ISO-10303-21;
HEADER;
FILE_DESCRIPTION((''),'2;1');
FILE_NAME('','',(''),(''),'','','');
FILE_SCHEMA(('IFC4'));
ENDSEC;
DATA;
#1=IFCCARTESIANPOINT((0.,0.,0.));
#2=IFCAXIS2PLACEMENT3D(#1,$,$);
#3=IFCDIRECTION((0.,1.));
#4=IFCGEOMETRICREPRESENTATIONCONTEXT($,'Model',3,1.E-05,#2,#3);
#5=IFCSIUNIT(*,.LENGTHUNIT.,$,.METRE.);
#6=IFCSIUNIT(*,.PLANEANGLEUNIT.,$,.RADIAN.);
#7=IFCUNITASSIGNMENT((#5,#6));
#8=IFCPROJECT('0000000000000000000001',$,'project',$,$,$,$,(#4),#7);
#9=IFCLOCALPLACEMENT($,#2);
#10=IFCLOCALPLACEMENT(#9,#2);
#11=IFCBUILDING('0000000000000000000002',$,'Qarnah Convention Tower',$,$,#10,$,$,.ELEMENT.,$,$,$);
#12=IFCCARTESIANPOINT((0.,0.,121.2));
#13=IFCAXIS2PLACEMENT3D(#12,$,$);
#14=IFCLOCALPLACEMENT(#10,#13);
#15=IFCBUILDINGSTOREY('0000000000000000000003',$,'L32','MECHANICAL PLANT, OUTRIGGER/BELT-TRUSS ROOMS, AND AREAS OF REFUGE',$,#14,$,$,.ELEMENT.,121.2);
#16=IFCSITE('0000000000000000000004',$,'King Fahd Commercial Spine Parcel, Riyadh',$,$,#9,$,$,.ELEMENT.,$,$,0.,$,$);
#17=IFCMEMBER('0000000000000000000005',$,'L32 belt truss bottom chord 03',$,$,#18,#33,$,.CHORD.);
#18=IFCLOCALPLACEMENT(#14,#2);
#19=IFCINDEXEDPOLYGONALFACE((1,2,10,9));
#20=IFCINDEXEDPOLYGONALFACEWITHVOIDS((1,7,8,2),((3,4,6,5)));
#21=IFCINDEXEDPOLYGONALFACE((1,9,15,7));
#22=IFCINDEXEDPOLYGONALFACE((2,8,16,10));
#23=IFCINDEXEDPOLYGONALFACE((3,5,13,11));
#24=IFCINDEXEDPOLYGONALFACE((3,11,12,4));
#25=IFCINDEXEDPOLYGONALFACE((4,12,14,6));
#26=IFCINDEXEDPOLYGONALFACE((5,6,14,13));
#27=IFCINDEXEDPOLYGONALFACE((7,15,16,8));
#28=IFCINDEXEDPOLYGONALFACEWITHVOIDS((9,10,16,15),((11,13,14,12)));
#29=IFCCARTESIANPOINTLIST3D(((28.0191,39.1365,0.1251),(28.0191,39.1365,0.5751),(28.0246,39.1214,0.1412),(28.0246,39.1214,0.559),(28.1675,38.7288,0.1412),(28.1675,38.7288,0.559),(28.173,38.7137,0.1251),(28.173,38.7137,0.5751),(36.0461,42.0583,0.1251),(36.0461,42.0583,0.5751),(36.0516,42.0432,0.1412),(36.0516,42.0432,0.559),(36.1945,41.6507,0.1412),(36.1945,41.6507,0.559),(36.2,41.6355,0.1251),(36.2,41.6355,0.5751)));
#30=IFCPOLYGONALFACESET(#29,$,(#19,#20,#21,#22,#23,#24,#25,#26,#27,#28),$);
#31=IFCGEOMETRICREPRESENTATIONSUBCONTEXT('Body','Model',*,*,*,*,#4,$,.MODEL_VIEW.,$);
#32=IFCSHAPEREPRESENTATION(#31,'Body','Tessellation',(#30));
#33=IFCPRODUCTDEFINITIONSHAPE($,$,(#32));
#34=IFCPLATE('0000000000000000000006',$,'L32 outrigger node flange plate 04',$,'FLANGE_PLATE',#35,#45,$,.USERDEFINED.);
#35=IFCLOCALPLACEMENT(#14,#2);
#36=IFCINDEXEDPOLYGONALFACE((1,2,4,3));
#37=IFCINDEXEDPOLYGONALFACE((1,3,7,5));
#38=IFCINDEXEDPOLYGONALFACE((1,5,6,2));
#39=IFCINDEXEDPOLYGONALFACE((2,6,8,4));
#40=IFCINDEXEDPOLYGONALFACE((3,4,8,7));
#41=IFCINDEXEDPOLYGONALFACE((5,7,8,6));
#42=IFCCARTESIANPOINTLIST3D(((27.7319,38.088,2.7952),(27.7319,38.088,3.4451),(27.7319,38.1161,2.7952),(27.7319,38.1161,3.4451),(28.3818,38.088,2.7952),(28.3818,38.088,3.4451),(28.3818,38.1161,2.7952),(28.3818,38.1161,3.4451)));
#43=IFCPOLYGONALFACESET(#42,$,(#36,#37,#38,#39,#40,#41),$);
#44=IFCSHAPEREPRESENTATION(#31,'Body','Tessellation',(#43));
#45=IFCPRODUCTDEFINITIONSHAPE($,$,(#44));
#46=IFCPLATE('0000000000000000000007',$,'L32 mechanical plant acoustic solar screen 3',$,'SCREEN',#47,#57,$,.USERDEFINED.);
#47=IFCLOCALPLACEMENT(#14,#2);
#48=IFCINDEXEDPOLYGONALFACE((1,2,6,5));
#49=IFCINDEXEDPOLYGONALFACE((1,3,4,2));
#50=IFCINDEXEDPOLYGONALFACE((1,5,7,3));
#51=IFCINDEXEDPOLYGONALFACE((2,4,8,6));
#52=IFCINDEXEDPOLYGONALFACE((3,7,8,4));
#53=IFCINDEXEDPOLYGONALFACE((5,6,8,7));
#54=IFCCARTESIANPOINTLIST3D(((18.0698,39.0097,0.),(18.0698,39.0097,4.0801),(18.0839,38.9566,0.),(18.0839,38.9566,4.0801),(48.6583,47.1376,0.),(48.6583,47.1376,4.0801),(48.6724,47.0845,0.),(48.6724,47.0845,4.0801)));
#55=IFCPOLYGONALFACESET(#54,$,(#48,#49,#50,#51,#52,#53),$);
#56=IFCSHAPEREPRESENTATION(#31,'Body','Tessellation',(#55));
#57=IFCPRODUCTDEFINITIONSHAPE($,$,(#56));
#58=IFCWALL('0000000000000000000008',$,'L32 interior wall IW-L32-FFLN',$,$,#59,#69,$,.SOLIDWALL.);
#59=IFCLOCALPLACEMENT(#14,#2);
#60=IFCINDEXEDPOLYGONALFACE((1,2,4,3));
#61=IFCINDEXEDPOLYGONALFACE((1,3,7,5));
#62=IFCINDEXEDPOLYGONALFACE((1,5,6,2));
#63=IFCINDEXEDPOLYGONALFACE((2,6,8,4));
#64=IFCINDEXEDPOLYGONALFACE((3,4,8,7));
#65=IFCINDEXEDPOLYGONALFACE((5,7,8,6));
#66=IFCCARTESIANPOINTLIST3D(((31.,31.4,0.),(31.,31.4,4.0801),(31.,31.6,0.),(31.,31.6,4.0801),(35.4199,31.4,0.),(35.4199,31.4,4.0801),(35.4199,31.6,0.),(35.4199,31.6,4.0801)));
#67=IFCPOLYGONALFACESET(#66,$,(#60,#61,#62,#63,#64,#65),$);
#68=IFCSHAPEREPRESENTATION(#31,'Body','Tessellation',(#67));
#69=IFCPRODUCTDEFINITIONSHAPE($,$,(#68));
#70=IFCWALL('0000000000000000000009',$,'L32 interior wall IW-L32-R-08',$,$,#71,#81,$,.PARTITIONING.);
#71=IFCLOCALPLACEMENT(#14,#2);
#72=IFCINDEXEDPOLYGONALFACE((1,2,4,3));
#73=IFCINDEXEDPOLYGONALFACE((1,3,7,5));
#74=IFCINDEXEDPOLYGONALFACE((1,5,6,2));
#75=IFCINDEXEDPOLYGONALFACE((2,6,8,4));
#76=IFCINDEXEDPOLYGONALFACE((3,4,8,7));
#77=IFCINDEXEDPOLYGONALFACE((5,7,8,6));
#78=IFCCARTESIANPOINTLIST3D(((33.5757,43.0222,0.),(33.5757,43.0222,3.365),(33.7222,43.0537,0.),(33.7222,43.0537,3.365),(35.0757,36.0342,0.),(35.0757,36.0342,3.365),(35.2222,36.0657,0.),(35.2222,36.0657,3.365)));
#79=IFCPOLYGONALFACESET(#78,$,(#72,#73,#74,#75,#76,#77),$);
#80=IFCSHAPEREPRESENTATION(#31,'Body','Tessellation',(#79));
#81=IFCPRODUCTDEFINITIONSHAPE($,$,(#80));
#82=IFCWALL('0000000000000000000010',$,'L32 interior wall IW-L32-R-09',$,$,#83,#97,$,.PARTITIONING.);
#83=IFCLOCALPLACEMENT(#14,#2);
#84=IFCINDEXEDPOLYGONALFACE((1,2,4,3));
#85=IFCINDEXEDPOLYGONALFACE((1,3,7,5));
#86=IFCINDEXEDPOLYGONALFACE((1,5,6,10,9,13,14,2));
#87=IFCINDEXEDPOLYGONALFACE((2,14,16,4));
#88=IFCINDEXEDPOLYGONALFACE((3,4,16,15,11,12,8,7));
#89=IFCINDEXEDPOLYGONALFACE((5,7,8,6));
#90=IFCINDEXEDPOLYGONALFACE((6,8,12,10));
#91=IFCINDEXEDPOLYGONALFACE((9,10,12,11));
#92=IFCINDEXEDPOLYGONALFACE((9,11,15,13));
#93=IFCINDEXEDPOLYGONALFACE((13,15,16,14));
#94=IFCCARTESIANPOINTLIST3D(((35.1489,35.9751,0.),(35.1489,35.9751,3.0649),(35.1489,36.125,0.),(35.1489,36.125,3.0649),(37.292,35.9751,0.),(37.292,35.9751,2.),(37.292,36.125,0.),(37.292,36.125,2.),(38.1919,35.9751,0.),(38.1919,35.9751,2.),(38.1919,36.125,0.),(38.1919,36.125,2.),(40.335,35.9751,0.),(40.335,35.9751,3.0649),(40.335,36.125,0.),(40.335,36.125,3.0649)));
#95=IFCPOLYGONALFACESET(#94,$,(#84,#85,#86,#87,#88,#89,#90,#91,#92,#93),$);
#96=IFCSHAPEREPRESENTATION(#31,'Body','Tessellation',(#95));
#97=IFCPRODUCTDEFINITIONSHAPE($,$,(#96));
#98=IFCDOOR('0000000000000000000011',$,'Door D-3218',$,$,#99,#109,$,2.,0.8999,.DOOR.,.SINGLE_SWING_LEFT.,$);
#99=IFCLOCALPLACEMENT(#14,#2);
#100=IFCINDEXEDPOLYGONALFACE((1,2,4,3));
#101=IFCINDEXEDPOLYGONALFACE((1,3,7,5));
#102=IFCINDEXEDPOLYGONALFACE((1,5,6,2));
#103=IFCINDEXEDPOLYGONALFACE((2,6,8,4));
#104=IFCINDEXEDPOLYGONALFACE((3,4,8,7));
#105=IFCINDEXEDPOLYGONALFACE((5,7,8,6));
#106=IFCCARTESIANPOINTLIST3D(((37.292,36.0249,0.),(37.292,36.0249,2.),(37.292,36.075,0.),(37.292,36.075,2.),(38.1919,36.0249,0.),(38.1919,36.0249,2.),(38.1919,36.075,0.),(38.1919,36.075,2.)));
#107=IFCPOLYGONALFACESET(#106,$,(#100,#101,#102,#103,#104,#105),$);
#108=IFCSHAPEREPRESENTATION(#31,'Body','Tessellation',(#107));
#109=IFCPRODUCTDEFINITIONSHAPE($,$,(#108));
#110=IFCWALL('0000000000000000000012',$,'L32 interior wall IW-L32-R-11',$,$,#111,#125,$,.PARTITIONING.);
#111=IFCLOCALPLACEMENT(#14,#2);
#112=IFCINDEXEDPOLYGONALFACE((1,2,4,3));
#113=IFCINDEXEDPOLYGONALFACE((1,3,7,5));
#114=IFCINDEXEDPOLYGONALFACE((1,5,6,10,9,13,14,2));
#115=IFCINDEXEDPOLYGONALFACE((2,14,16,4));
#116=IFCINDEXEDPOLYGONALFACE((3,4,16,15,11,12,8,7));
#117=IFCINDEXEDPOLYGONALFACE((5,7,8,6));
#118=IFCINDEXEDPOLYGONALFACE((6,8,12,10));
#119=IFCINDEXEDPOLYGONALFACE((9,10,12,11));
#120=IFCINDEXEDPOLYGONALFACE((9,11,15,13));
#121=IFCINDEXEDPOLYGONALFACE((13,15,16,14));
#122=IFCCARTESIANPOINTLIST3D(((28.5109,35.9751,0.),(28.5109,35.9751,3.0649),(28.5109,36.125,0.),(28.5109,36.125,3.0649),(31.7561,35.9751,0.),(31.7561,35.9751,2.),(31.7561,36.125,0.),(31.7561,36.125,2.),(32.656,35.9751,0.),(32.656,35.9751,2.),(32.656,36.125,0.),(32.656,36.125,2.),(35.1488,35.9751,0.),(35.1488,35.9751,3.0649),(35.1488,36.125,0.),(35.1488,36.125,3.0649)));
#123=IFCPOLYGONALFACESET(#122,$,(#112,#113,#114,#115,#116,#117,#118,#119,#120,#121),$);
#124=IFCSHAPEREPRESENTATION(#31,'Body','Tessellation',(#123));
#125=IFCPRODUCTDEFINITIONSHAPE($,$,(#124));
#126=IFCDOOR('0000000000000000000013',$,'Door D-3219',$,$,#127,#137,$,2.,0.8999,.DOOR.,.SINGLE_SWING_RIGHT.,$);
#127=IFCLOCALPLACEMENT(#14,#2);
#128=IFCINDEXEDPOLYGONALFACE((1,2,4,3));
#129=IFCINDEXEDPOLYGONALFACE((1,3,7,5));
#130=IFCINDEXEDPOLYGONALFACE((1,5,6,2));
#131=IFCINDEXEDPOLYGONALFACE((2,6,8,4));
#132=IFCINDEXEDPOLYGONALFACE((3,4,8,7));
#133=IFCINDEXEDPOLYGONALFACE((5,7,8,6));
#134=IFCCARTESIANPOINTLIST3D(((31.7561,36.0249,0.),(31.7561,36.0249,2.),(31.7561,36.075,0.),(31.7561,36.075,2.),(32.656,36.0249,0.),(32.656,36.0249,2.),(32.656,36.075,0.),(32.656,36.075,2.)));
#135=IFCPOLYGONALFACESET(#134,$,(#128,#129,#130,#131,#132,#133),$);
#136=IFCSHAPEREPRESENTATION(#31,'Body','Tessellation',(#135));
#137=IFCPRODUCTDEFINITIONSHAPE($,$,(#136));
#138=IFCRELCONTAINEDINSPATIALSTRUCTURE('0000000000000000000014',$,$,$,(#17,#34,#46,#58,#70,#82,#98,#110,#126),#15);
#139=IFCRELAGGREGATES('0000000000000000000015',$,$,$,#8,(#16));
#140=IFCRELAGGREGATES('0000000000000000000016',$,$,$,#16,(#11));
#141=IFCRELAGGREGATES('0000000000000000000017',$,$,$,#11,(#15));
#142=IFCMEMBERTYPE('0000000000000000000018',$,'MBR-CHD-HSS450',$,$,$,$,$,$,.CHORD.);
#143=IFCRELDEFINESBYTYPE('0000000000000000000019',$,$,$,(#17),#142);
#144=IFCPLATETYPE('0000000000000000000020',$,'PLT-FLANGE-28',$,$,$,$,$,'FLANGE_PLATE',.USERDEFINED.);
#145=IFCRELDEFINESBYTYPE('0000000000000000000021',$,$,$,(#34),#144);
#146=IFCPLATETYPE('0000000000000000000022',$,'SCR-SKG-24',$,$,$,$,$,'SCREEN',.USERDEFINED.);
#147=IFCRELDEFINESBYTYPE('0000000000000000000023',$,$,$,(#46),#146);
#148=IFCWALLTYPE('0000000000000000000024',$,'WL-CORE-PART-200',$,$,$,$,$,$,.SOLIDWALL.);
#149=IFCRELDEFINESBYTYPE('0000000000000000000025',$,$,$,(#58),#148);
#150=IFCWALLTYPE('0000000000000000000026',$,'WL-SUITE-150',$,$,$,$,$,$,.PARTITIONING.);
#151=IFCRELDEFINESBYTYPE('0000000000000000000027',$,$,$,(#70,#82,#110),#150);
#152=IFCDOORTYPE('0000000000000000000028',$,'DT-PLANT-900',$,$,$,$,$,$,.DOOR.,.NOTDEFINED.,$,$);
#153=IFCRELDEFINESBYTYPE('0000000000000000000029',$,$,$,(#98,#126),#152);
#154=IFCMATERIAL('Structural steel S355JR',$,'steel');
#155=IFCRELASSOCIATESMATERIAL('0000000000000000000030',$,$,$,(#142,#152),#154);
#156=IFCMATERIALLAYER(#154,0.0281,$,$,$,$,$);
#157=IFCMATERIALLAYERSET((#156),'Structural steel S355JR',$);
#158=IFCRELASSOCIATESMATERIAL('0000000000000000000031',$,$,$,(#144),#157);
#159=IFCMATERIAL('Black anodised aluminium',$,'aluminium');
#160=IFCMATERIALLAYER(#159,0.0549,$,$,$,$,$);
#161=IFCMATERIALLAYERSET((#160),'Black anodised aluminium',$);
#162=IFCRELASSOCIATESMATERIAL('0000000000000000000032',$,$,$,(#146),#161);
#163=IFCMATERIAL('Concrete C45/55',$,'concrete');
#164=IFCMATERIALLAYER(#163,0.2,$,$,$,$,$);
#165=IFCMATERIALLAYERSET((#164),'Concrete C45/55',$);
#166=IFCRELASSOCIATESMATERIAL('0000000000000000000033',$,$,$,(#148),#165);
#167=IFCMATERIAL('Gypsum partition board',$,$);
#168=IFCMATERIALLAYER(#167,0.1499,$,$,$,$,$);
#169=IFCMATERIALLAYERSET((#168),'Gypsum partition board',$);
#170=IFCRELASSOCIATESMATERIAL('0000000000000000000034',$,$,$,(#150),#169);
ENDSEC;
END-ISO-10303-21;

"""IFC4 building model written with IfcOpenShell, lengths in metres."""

from ifc_helpers import new_model, si_unit, direction, frame, frame_2d, origin, origin_2d, place, context, subcontext, project, spatial, rectangle, hollow_rectangle, extrude, material, layer, layer_set, material_profile, profile_set, type_object, element, fill, save


model = new_model("IFC4")

# Units and contexts
model_context = context("Model", 3, precision=1e-05, world=origin(), true_north=direction((0.0, 1.0)))
body_context = subcontext(model_context, "Body", "Model", "MODEL_VIEW")
ifc_project = project(units=[si_unit("LENGTHUNIT", "METRE"), si_unit("PLANEANGLEUNIT", "RADIAN")], contexts=[model_context])

# Site, building, storey
site_placement = place(None, origin())
site = spatial("IfcSite", under=ifc_project, at=site_placement, Name="King Fahd Commercial Spine Parcel, Riyadh", CompositionType="ELEMENT", RefElevation=0.0)
building_placement = place(site_placement, origin())
building = spatial("IfcBuilding", under=site, at=building_placement, Name="Qarnah Convention Tower", CompositionType="ELEMENT")
storey_placement = place(building_placement, frame((0.0, 0.0, 121.2)))
storey = spatial("IfcBuildingStorey", under=building, at=storey_placement, Name="L32", Description="MECHANICAL PLANT, OUTRIGGER/BELT-TRUSS ROOMS, AND AREAS OF REFUGE", CompositionType="ELEMENT", Elevation=121.2)

# Shared definitions
ifc_material_1 = material(Name="Structural steel S355JR", Category="steel")

# Member
ifc_material_profile_1 = material_profile(ifc_material_1, hollow_rectangle(XDim=0.45, YDim=0.45, WallThickness=0.0161, at=origin_2d()), Name="HSS450X450X16")
ifc_profile_set_1 = profile_set([ifc_material_profile_1], Name="Structural steel S355JR")
member_type_1 = type_object("IfcMemberType", Name="MBR-CHD-HSS450", PredefinedType="CHORD", material=ifc_profile_set_1)
member_1_placement = place(storey_placement, frame((36.123, 41.8469, 0.3501), z_axis=(-0.939683, -0.342046, 0.0), x_axis=(0.342046, -0.939683, 0.0)))
element("IfcMember", 1, at=member_1_placement, inside=storey, type_object=member_type_1, Name="L32 belt truss bottom chord 03", PredefinedType="CHORD", context=body_context, shape_type="SweptSolid", body=[
    extrude(hollow_rectangle(XDim=0.45, YDim=0.45, WallThickness=0.0161, at=origin_2d()), origin(), (0.0, 0.0, 1.0), 8.5422),
])

# Plates
ifc_layer_1 = layer(ifc_material_1, 0.0281)
ifc_layer_set_1 = layer_set([ifc_layer_1], Name="Structural steel S355JR")
plate_type_1 = type_object("IfcPlateType", Name="PLT-FLANGE-28", ElementType="FLANGE_PLATE", PredefinedType="USERDEFINED", material=ifc_layer_set_1)
plate_1_placement = place(storey_placement, frame((28.0569, 38.1021, 2.7952), z_axis=(0.0, 0.0, 1.0), x_axis=(1.0, 0.0, 0.0)))
element("IfcPlate", 2, at=plate_1_placement, inside=storey, type_object=plate_type_1, Name="L32 outrigger node flange plate 04", ObjectType="FLANGE_PLATE", PredefinedType="USERDEFINED", context=body_context, shape_type="SweptSolid", body=[
    extrude(rectangle(XDim=0.6499, YDim=0.0281, at=origin_2d()), origin(), (0.0, 0.0, 1.0), 0.6499),
])
ifc_material_2 = material(Name="Black anodised aluminium", Category="aluminium")
ifc_layer_2 = layer(ifc_material_2, 0.0549)
ifc_layer_set_2 = layer_set([ifc_layer_2], Name="Black anodised aluminium")
plate_type_2 = type_object("IfcPlateType", Name="SCR-SKG-24", ElementType="SCREEN", PredefinedType="USERDEFINED", material=ifc_layer_set_2)
plate_2_placement = place(storey_placement, frame((33.3711, 43.0471, 0.0), z_axis=(0.0, 0.0, 1.0), x_axis=(0.966463, 0.256806, 0.0)))
element("IfcPlate", 3, at=plate_2_placement, inside=storey, type_object=plate_type_2, Name="L32 mechanical plant acoustic solar screen 3", ObjectType="SCREEN", PredefinedType="USERDEFINED", context=body_context, shape_type="SweptSolid", body=[
    extrude(rectangle(XDim=31.6499, YDim=0.0549, at=origin_2d()), origin(), (0.0, 0.0, 1.0), 4.0801),
])

# Walls
ifc_material_3 = material(Name="Concrete C45/55", Category="concrete")
ifc_layer_3 = layer(ifc_material_3, 0.2)
ifc_layer_set_3 = layer_set([ifc_layer_3], Name="Concrete C45/55")
wall_type_1 = type_object("IfcWallType", Name="WL-CORE-PART-200", PredefinedType="SOLIDWALL", material=ifc_layer_set_3)
wall_1_placement = place(storey_placement, frame((31.0, 31.5, 0.0), z_axis=(0.0, 0.0, 1.0), x_axis=(1.0, 0.0, 0.0)))
element("IfcWall", 4, at=wall_1_placement, inside=storey, type_object=wall_type_1, Name="L32 interior wall IW-L32-FFLN", PredefinedType="SOLIDWALL", context=body_context, shape_type="SweptSolid", body=[
    extrude(rectangle(XDim=4.4199, YDim=0.2, at=frame_2d((2.21, 0.0))), origin(), (0.0, 0.0, 1.0), 4.0801),
])
ifc_material_4 = material(Name="Gypsum partition board")
ifc_layer_4 = layer(ifc_material_4, 0.1499)
ifc_layer_set_4 = layer_set([ifc_layer_4], Name="Gypsum partition board")
wall_type_2 = type_object("IfcWallType", Name="WL-SUITE-150", PredefinedType="PARTITIONING", material=ifc_layer_set_4)
wall_2_placement = place(storey_placement, frame((33.6489, 43.0381, 0.0), z_axis=(0.0, 0.0, 1.0), x_axis=(0.209872, -0.977729, 0.0)))
element("IfcWall", 5, at=wall_2_placement, inside=storey, type_object=wall_type_2, Name="L32 interior wall IW-L32-R-08", PredefinedType="PARTITIONING", context=body_context, shape_type="SweptSolid", body=[
    extrude(rectangle(XDim=7.1472, YDim=0.1499, at=frame_2d((3.5737, 0.0))), origin(), (0.0, 0.0, 1.0), 3.365),
])

# Walls, openings, doors
wall_3_placement = place(storey_placement, frame((35.1489, 36.05, 0.0), z_axis=(0.0, 0.0, 1.0), x_axis=(1.0, 0.0, 0.0)))
wall_3 = element("IfcWall", 6, at=wall_3_placement, inside=storey, type_object=wall_type_2, Name="L32 interior wall IW-L32-R-09", PredefinedType="PARTITIONING", context=body_context, shape_type="SweptSolid", body=[
    extrude(rectangle(XDim=5.186, YDim=0.1499, at=frame_2d((2.593, 0.0))), origin(), (0.0, 0.0, 1.0), 3.0649),
])
opening_1_placement = place(wall_3_placement, frame((2.1431, 0.0, 0.0)))
opening_1 = element("IfcOpeningElement", 7, at=opening_1_placement, cuts=wall_3, PredefinedType="OPENING", context=body_context, shape_type="SweptSolid", body=[
    extrude(rectangle(XDim=0.8999, YDim=2.0, at=frame_2d((0.45, 1.0))), frame((0.0, 0.085, 0.0), z_axis=(0.0, -1.0, 0.0), x_axis=(1.0, 0.0, 0.0)), (0.0, 0.0, 1.0), 0.1699),
])
door_type = type_object("IfcDoorType", Name="DT-PLANT-900", OperationType="NOTDEFINED", PredefinedType="DOOR", material=ifc_material_1)
door_1_placement = place(opening_1_placement, origin())
door_1 = element("IfcDoor", 8, at=door_1_placement, inside=storey, type_object=door_type, Name="Door D-3218", OperationType="SINGLE_SWING_LEFT", OverallHeight=2.0, OverallWidth=0.8999, PredefinedType="DOOR", context=body_context, shape_type="SweptSolid", body=[
    extrude(rectangle(XDim=0.8999, YDim=2.0, at=frame_2d((0.45, 1.0))), frame((0.0, 0.0249, 0.0), z_axis=(0.0, -1.0, 0.0), x_axis=(1.0, 0.0, 0.0)), (0.0, 0.0, 1.0), 0.05),
])
fill(opening_1, door_1)
wall_4_placement = place(storey_placement, frame((28.511, 36.05, 0.0), z_axis=(0.0, 0.0, 1.0), x_axis=(1.0, 0.0, 0.0)))
wall_4 = element("IfcWall", 9, at=wall_4_placement, inside=storey, type_object=wall_type_2, Name="L32 interior wall IW-L32-R-11", PredefinedType="PARTITIONING", context=body_context, shape_type="SweptSolid", body=[
    extrude(rectangle(XDim=6.6379, YDim=0.1499, at=frame_2d((3.3188, 0.0))), origin(), (0.0, 0.0, 1.0), 3.0649),
])
opening_2_placement = place(wall_4_placement, frame((3.2451, 0.0, 0.0)))
opening_2 = element("IfcOpeningElement", 10, at=opening_2_placement, cuts=wall_4, PredefinedType="OPENING", context=body_context, shape_type="SweptSolid", body=[
    extrude(rectangle(XDim=0.8999, YDim=2.0, at=frame_2d((0.45, 1.0))), frame((0.0, 0.085, 0.0), z_axis=(0.0, -1.0, 0.0), x_axis=(1.0, 0.0, 0.0)), (0.0, 0.0, 1.0), 0.1699),
])
door_2_placement = place(opening_2_placement, origin())
door_2 = element("IfcDoor", 11, at=door_2_placement, inside=storey, type_object=door_type, Name="Door D-3219", OperationType="SINGLE_SWING_RIGHT", OverallHeight=2.0, OverallWidth=0.8999, PredefinedType="DOOR", context=body_context, shape_type="SweptSolid", body=[
    extrude(rectangle(XDim=0.8999, YDim=2.0, at=frame_2d((0.45, 1.0))), frame((0.0, 0.0249, 0.0), z_axis=(0.0, -1.0, 0.0), x_axis=(1.0, 0.0, 0.0)), (0.0, 0.0, 1.0), 0.05),
])
fill(opening_2, door_2)

save(model, "model.ifc")
